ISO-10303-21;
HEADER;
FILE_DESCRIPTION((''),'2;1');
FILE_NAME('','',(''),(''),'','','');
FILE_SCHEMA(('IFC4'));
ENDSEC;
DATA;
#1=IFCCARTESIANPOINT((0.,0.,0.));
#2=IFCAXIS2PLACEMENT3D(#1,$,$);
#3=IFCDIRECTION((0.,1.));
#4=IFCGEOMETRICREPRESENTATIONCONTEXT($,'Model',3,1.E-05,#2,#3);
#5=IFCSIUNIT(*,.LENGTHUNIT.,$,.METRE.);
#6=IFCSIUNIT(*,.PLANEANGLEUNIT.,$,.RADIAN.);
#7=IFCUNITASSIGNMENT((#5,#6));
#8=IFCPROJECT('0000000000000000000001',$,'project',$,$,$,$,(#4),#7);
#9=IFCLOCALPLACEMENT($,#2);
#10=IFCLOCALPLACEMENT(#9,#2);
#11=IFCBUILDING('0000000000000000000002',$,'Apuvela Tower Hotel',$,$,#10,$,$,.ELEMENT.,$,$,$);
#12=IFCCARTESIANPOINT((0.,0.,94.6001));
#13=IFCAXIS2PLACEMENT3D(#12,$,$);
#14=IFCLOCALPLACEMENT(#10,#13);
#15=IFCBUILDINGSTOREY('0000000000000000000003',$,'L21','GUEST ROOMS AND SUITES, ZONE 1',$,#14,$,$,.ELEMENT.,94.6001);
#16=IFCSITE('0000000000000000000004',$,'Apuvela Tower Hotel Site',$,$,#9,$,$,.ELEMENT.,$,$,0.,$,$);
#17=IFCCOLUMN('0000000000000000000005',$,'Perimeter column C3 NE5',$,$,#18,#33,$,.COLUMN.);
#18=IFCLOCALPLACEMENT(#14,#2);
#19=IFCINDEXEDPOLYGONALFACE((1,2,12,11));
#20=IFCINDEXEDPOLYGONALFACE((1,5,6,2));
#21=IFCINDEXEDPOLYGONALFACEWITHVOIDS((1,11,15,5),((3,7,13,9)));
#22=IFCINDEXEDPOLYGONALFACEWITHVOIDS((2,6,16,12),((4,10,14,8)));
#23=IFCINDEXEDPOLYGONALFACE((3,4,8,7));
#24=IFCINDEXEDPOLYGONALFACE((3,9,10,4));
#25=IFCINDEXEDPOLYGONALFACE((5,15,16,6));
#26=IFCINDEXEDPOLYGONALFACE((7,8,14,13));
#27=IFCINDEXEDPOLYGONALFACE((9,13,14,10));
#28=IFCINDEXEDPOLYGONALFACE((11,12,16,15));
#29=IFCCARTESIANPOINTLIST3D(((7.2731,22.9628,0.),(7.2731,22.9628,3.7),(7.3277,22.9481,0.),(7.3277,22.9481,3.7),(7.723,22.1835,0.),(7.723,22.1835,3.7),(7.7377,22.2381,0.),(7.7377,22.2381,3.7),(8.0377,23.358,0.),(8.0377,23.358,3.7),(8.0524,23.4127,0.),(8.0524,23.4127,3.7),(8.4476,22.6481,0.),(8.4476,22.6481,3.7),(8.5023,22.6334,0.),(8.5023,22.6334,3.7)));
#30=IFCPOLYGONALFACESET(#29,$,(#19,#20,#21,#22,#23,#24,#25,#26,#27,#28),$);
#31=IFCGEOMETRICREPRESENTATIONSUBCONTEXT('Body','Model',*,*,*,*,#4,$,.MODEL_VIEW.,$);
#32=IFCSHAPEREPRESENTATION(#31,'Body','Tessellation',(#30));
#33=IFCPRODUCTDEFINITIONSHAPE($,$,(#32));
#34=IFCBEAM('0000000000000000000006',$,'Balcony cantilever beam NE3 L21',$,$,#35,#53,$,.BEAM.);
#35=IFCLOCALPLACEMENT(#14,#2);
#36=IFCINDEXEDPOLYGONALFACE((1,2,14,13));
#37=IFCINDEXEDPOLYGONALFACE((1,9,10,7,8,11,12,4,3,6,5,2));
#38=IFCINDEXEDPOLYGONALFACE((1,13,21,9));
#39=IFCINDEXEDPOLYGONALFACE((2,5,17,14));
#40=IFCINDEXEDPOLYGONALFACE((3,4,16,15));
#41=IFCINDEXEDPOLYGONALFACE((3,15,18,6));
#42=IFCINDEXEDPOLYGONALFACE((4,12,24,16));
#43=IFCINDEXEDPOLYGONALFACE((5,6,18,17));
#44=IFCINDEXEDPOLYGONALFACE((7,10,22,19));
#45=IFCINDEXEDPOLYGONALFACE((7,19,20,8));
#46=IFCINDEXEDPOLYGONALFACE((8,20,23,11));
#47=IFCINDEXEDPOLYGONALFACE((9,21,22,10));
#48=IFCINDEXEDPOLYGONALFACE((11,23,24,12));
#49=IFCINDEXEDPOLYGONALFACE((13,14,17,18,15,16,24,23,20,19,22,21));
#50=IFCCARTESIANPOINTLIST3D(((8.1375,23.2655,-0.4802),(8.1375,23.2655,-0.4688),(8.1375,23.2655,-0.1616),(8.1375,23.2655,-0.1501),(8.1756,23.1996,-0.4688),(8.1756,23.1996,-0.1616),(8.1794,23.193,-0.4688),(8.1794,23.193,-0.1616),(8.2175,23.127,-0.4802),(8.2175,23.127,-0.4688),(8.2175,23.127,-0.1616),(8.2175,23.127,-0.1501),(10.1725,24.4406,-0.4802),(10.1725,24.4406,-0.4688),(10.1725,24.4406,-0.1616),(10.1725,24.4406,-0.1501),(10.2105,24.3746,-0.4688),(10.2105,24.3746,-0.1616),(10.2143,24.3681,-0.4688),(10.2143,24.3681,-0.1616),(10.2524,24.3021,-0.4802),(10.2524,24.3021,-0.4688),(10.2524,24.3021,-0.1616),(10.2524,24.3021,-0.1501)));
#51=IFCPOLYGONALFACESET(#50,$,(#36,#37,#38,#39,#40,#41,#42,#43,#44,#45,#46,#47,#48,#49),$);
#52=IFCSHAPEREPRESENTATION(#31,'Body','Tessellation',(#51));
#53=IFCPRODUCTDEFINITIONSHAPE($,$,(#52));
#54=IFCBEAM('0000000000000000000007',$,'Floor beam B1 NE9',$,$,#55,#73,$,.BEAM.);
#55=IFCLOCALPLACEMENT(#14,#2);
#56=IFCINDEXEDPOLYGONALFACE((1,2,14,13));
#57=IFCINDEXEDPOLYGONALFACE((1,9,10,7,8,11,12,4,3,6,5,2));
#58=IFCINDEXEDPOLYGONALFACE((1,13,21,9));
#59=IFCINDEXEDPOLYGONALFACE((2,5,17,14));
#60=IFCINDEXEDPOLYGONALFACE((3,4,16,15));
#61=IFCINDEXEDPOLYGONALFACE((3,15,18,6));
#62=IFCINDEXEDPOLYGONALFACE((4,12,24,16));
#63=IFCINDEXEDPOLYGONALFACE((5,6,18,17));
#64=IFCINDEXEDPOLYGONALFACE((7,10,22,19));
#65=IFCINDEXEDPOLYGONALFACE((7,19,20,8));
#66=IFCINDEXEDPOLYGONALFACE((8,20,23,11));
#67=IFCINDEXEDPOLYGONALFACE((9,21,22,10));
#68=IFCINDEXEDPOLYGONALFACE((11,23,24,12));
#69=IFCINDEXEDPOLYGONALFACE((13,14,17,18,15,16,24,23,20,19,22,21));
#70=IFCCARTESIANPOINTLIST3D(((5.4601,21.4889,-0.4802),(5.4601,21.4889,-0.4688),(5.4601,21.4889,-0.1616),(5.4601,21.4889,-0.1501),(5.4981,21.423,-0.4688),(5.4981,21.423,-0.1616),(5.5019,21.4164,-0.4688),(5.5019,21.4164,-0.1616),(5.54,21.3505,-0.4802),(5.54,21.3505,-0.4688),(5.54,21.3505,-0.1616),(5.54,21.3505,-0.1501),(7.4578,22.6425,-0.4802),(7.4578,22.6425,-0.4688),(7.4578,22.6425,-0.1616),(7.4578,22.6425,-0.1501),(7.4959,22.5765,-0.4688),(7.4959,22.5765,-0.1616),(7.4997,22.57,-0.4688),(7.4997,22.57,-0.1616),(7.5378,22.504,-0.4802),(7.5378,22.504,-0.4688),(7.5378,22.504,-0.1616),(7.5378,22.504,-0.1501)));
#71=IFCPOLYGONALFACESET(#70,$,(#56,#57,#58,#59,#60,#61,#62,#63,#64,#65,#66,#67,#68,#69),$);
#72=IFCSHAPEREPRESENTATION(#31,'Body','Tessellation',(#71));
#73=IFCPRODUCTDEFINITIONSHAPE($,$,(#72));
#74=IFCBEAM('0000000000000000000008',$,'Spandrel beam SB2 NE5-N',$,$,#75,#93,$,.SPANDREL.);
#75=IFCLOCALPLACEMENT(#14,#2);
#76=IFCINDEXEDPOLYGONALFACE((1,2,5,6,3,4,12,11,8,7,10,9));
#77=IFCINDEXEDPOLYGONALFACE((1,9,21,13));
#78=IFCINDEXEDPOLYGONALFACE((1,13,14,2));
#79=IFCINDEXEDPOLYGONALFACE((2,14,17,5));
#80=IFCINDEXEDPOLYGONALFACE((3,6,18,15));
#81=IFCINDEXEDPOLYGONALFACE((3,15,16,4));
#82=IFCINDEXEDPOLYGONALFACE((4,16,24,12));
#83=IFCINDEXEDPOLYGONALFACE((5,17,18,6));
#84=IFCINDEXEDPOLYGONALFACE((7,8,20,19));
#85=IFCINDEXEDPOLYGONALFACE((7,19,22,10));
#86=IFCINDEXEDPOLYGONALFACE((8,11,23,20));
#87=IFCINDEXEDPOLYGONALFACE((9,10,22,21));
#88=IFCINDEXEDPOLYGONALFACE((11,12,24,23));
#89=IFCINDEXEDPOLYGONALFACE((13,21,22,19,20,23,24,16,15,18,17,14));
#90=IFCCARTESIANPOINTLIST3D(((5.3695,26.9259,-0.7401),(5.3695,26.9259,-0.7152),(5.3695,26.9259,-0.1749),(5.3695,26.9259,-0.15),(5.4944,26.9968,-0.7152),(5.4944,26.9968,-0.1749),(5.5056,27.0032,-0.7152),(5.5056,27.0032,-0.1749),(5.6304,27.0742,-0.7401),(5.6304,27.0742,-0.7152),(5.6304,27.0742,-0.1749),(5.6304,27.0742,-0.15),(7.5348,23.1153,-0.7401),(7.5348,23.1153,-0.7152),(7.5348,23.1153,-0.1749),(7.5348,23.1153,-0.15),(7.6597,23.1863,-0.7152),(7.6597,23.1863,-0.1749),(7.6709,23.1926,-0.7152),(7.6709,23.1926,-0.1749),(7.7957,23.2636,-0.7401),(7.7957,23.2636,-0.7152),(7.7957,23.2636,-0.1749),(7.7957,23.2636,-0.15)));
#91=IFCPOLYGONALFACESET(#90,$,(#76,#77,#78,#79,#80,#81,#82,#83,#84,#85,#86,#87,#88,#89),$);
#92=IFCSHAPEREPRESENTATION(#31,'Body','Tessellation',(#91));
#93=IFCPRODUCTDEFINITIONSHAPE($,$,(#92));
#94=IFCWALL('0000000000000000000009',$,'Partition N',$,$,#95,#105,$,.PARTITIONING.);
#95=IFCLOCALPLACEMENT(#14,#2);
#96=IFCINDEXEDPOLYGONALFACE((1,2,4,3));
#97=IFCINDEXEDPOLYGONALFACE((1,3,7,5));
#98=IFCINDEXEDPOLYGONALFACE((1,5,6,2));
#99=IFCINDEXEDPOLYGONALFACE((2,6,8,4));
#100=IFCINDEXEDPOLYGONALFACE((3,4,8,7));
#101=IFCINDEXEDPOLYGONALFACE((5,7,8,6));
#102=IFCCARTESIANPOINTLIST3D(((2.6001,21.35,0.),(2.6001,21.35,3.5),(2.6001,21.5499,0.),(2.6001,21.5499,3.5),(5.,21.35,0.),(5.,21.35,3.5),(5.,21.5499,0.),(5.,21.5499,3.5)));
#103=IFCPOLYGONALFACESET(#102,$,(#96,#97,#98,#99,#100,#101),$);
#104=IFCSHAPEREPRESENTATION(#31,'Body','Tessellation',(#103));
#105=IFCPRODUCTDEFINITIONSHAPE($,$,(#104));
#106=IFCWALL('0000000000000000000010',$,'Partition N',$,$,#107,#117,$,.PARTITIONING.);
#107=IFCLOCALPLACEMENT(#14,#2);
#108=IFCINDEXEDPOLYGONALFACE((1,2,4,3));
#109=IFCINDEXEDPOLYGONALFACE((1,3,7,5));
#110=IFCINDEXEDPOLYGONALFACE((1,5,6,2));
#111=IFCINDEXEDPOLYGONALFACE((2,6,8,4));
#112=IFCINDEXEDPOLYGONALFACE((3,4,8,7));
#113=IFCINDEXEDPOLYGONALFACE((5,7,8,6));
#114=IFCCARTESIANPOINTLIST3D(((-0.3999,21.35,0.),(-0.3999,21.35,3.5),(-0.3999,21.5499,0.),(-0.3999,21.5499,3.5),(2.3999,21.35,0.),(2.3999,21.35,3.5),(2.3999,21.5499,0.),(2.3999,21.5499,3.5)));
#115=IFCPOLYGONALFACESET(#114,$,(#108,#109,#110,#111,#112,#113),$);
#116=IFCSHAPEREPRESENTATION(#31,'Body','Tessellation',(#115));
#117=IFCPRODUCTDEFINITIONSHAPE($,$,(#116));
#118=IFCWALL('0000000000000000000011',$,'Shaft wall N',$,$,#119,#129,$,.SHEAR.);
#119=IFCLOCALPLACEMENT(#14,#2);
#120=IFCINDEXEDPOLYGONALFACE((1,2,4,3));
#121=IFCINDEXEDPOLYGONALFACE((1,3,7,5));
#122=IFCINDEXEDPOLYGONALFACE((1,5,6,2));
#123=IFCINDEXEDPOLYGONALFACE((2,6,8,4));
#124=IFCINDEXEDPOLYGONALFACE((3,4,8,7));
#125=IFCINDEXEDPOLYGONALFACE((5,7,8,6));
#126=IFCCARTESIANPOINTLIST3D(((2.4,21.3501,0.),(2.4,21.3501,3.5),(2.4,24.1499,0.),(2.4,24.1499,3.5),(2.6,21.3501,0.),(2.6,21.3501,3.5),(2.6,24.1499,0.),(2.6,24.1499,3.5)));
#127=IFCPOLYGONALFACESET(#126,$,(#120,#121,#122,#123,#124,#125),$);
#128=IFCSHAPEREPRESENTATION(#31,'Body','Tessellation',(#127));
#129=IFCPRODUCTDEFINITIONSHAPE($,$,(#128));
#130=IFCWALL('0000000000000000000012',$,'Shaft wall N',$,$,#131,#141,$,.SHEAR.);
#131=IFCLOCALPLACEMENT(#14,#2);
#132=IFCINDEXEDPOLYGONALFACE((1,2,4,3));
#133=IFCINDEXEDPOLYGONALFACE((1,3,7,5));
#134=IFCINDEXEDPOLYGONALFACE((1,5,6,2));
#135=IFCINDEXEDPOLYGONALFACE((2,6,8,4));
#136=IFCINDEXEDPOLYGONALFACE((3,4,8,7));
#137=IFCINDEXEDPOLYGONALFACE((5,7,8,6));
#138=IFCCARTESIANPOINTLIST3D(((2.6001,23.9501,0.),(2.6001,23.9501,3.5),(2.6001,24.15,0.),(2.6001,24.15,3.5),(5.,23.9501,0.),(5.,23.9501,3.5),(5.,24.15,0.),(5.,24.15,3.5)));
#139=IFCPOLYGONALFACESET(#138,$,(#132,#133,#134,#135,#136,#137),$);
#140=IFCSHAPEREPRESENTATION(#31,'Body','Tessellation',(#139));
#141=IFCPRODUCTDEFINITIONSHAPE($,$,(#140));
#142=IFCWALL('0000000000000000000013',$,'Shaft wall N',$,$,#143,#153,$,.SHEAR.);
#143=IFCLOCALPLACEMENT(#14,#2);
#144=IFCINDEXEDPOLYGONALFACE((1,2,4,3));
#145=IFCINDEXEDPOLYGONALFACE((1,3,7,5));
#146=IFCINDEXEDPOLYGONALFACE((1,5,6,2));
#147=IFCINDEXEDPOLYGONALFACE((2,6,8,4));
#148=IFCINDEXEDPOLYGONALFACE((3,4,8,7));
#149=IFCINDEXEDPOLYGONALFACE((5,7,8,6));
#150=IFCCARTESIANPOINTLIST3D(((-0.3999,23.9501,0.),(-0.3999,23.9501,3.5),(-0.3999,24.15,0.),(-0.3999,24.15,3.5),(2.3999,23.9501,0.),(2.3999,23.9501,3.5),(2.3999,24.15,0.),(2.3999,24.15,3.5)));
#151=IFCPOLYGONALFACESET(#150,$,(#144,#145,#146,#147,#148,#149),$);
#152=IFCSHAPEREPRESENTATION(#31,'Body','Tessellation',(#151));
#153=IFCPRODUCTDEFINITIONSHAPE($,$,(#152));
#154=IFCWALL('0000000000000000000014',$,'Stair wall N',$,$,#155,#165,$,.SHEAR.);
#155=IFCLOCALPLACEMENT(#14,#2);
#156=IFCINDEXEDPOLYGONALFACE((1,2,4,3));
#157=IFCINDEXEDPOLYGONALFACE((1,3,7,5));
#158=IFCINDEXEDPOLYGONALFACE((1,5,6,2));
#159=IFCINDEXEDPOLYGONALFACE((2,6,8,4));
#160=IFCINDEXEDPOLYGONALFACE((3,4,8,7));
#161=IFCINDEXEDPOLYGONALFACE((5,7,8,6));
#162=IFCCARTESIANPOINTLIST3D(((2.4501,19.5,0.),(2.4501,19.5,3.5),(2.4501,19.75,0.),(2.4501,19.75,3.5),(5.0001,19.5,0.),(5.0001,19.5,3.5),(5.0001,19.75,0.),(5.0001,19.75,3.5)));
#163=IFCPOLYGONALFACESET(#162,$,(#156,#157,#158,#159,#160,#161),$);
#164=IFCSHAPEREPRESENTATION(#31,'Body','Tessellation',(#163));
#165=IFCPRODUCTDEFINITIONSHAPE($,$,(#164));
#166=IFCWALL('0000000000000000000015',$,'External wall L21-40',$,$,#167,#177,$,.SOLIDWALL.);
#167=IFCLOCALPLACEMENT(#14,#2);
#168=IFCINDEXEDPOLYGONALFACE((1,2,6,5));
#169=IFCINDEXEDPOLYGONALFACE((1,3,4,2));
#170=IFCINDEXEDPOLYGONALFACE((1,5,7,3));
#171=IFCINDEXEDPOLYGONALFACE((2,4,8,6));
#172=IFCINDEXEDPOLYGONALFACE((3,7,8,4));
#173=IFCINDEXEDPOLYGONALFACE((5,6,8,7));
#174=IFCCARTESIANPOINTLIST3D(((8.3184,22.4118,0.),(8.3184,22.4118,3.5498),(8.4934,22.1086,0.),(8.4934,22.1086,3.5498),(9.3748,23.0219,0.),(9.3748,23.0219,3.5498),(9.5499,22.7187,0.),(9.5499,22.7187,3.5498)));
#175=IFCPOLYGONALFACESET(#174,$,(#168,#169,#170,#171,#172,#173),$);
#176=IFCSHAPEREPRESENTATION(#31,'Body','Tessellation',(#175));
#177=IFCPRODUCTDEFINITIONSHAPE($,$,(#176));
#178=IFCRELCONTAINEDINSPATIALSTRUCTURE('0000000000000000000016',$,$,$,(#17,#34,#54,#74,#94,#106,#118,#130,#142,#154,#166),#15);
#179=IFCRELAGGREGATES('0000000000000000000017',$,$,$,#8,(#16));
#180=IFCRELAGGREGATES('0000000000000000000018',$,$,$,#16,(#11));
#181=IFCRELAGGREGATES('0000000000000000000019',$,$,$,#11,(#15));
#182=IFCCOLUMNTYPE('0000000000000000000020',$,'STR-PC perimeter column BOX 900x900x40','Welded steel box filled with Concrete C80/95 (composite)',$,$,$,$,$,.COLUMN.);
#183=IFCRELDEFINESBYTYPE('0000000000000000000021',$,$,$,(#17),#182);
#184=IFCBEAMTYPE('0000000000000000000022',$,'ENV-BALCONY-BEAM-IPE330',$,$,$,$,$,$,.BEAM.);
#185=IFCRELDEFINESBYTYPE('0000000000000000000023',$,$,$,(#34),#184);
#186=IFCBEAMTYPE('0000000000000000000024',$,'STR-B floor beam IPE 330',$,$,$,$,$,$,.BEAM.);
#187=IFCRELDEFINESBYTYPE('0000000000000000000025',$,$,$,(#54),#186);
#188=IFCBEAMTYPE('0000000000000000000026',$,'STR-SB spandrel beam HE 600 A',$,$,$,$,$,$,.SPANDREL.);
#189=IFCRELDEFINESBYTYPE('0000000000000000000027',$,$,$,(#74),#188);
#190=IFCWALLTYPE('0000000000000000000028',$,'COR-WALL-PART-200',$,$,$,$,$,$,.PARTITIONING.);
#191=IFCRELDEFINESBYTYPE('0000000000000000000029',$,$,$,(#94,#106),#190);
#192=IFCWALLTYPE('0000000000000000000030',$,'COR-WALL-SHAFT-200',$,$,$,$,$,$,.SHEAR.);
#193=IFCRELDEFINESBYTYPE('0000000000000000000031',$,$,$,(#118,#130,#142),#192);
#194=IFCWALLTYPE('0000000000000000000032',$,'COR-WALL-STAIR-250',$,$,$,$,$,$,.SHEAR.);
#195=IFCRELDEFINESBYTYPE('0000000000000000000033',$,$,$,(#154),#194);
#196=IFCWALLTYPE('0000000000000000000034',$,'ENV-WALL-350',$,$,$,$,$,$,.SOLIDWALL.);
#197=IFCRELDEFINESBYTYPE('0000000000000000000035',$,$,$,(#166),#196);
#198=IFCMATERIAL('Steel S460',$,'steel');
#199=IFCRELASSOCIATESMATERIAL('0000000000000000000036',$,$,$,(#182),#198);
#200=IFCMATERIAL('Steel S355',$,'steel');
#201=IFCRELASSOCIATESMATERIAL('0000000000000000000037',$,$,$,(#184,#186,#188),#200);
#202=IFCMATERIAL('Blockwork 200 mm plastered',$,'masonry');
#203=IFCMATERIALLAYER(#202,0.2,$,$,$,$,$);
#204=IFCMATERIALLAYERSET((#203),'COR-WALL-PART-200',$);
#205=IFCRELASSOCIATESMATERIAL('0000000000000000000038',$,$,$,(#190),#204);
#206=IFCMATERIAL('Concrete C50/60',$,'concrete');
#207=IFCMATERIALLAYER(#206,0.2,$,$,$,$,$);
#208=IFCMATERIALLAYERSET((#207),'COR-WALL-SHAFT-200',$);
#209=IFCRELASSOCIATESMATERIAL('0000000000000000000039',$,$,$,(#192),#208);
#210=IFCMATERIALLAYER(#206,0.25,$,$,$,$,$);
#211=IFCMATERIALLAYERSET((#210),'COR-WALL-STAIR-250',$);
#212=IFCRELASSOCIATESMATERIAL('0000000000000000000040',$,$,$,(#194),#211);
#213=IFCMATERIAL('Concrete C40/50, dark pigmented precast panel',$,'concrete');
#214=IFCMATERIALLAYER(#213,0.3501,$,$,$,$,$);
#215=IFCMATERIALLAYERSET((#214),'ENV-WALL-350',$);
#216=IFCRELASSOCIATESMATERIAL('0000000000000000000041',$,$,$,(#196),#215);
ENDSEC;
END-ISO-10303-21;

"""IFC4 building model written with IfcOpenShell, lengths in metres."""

from ifc_helpers import new_model, si_unit, direction, frame, frame_2d, origin, origin_2d, place, context, subcontext, project, spatial, rectangle, hollow_rectangle, i_section, extrude, material, layer, layer_set, material_profile, profile_set, type_object, element, save


model = new_model("IFC4")

# Units and contexts
model_context = context("Model", 3, precision=1e-05, world=origin(), true_north=direction((0.0, 1.0)))
body_context = subcontext(model_context, "Body", "Model", "MODEL_VIEW")
ifc_project = project(units=[si_unit("LENGTHUNIT", "METRE"), si_unit("PLANEANGLEUNIT", "RADIAN")], contexts=[model_context])

# Site, building, storey
site_placement = place(None, origin())
site = spatial("IfcSite", under=ifc_project, at=site_placement, Name="Apuvela Tower Hotel Site", CompositionType="ELEMENT", RefElevation=0.0)
building_placement = place(site_placement, origin())
building = spatial("IfcBuilding", under=site, at=building_placement, Name="Apuvela Tower Hotel", CompositionType="ELEMENT")
storey_placement = place(building_placement, frame((0.0, 0.0, 94.6001)))
storey = spatial("IfcBuildingStorey", under=building, at=storey_placement, Name="L21", Description="GUEST ROOMS AND SUITES, ZONE 1", CompositionType="ELEMENT", Elevation=94.6001)

# Column
ifc_material_1 = material(Name="Steel S460", Category="steel")
ifc_material_profile_1 = material_profile(ifc_material_1, hollow_rectangle(XDim=0.8999, YDim=0.8999, WallThickness=0.04, at=origin_2d()), Name="BOX 900x900x40")
ifc_material_2 = material(Name="Concrete C80/95", Category="concrete")
ifc_material_profile_2 = material_profile(ifc_material_2, rectangle(XDim=0.8201, YDim=0.8201, at=origin_2d()), Name="Concrete C80/95 infill")
ifc_profile_set_1 = profile_set([ifc_material_profile_1, ifc_material_profile_2], Name="Steel S460")
column_type = type_object("IfcColumnType", Name="STR-PC perimeter column BOX 900x900x40", Description="Welded steel box filled with Concrete C80/95 (composite)", PredefinedType="COLUMN", material=ifc_profile_set_1)
column_placement = place(storey_placement, frame((7.8877, 22.7981, 0.0), z_axis=(0.0, 0.0, 1.0), x_axis=(-0.5, 0.866025, 0.0)))
element("IfcColumn", 1, at=column_placement, inside=storey, type_object=column_type, Name="Perimeter column C3 NE5", PredefinedType="COLUMN", context=body_context, shape_type="SweptSolid", body=[
    extrude(hollow_rectangle(XDim=0.8999, YDim=0.8999, WallThickness=0.04, at=origin_2d()), origin(), (0.0, 0.0, 1.0), 3.7),
])

# Beams
ifc_material_3 = material(Name="Steel S355", Category="steel")
ifc_material_profile_3 = material_profile(ifc_material_3, i_section(OverallWidth=0.1599, OverallDepth=0.3301, WebThickness=0.0076, FlangeThickness=0.0115, at=origin_2d()), Name="IPE 330")
ifc_profile_set_2 = profile_set([ifc_material_profile_3], Name="Steel S355")
beam_type_1 = type_object("IfcBeamType", Name="ENV-BALCONY-BEAM-IPE330", PredefinedType="BEAM", material=ifc_profile_set_2)
beam_1_placement = place(storey_placement, frame((8.1775, 23.1963, -0.3152), z_axis=(0.86599, 0.500061, 0.0), x_axis=(-0.500061, 0.86599, 0.0)))
element("IfcBeam", 2, at=beam_1_placement, inside=storey, type_object=beam_type_1, Name="Balcony cantilever beam NE3 L21", PredefinedType="BEAM", context=body_context, shape_type="SweptSolid", body=[
    extrude(i_section(OverallWidth=0.1599, OverallDepth=0.3301, WebThickness=0.0076, FlangeThickness=0.0115, at=origin_2d()), origin(), (0.0, 0.0, 1.0), 2.3499),
])
ifc_material_profile_4 = material_profile(ifc_material_3, i_section(OverallWidth=0.1599, OverallDepth=0.3301, WebThickness=0.0076, FlangeThickness=0.0115, at=origin_2d()), Name="IPE 330")
ifc_profile_set_3 = profile_set([ifc_material_profile_4], Name="Steel S355")
beam_type_2 = type_object("IfcBeamType", Name="STR-B floor beam IPE 330", PredefinedType="BEAM", material=ifc_profile_set_3)
beam_2_placement = place(storey_placement, frame((7.4978, 22.5732, -0.3152), z_axis=(-0.866001, -0.500043, 0.0), x_axis=(0.500043, -0.866001, 0.0)))
element("IfcBeam", 3, at=beam_2_placement, inside=storey, type_object=beam_type_2, Name="Floor beam B1 NE9", PredefinedType="BEAM", context=body_context, shape_type="SweptSolid", body=[
    extrude(i_section(OverallWidth=0.1599, OverallDepth=0.3301, WebThickness=0.0076, FlangeThickness=0.0115, at=origin_2d()), origin(), (0.0, 0.0, 1.0), 2.3069),
])
ifc_material_profile_5 = material_profile(ifc_material_3, i_section(OverallWidth=0.3, OverallDepth=0.5901, WebThickness=0.0129, FlangeThickness=0.0249, at=origin_2d()), Name="HE 600 A")
ifc_profile_set_4 = profile_set([ifc_material_profile_5], Name="Steel S355")
beam_type_3 = type_object("IfcBeamType", Name="STR-SB spandrel beam HE 600 A", PredefinedType="SPANDREL", material=ifc_profile_set_4)
beam_3_placement = place(storey_placement, frame((7.6653, 23.1895, -0.4451), z_axis=(-0.494044, 0.869437, 0.0), x_axis=(-0.869437, -0.494044, 0.0)))
element("IfcBeam", 4, at=beam_3_placement, inside=storey, type_object=beam_type_3, Name="Spandrel beam SB2 NE5-N", PredefinedType="SPANDREL", context=body_context, shape_type="SweptSolid", body=[
    extrude(i_section(OverallWidth=0.3, OverallDepth=0.5901, WebThickness=0.0129, FlangeThickness=0.0249, at=origin_2d()), origin(), (0.0, 0.0, 1.0), 4.3828),
])

# Walls
ifc_material_4 = material(Name="Blockwork 200 mm plastered", Category="masonry")
ifc_layer_1 = layer(ifc_material_4, 0.2)
ifc_layer_set_1 = layer_set([ifc_layer_1], Name="COR-WALL-PART-200")
wall_type_1 = type_object("IfcWallType", Name="COR-WALL-PART-200", PredefinedType="PARTITIONING", material=ifc_layer_set_1)
wall_1_placement = place(storey_placement, frame((5.0, 21.45, 0.0), z_axis=(0.0, 0.0, 1.0), x_axis=(-1.0, 0.0, 0.0)))
element("IfcWall", 5, at=wall_1_placement, inside=storey, type_object=wall_type_1, Name="Partition N", PredefinedType="PARTITIONING", context=body_context, shape_type="SweptSolid", body=[
    extrude(rectangle(XDim=2.3999, YDim=0.2, at=frame_2d((1.2, 0.0))), origin(), (0.0, 0.0, 1.0), 3.5),
])
wall_2_placement = place(storey_placement, frame((2.3999, 21.45, 0.0), z_axis=(0.0, 0.0, 1.0), x_axis=(-1.0, 0.0, 0.0)))
element("IfcWall", 6, at=wall_2_placement, inside=storey, type_object=wall_type_1, Name="Partition N", PredefinedType="PARTITIONING", context=body_context, shape_type="SweptSolid", body=[
    extrude(rectangle(XDim=2.7998, YDim=0.2, at=frame_2d((1.3999, 0.0))), origin(), (0.0, 0.0, 1.0), 3.5),
])
ifc_material_5 = material(Name="Concrete C50/60", Category="concrete")
ifc_layer_2 = layer(ifc_material_5, 0.2)
ifc_layer_set_2 = layer_set([ifc_layer_2], Name="COR-WALL-SHAFT-200")
wall_type_2 = type_object("IfcWallType", Name="COR-WALL-SHAFT-200", PredefinedType="SHEAR", material=ifc_layer_set_2)
wall_3_placement = place(storey_placement, frame((2.5, 21.3501, 0.0), z_axis=(0.0, 0.0, 1.0), x_axis=(0.0, 1.0, 0.0)))
element("IfcWall", 7, at=wall_3_placement, inside=storey, type_object=wall_type_2, Name="Shaft wall N", PredefinedType="SHEAR", context=body_context, shape_type="SweptSolid", body=[
    extrude(rectangle(XDim=2.7998, YDim=0.2, at=frame_2d((1.3999, 0.0))), origin(), (0.0, 0.0, 1.0), 3.5),
])
wall_4_placement = place(storey_placement, frame((5.0, 24.05, 0.0), z_axis=(0.0, 0.0, 1.0), x_axis=(-1.0, 0.0, 0.0)))
element("IfcWall", 8, at=wall_4_placement, inside=storey, type_object=wall_type_2, Name="Shaft wall N", PredefinedType="SHEAR", context=body_context, shape_type="SweptSolid", body=[
    extrude(rectangle(XDim=2.3999, YDim=0.2, at=frame_2d((1.2, 0.0))), origin(), (0.0, 0.0, 1.0), 3.5),
])
wall_5_placement = place(storey_placement, frame((2.3999, 24.05, 0.0), z_axis=(0.0, 0.0, 1.0), x_axis=(-1.0, 0.0, 0.0)))
element("IfcWall", 9, at=wall_5_placement, inside=storey, type_object=wall_type_2, Name="Shaft wall N", PredefinedType="SHEAR", context=body_context, shape_type="SweptSolid", body=[
    extrude(rectangle(XDim=2.7998, YDim=0.2, at=frame_2d((1.3999, 0.0))), origin(), (0.0, 0.0, 1.0), 3.5),
])
ifc_layer_3 = layer(ifc_material_5, 0.25)
ifc_layer_set_3 = layer_set([ifc_layer_3], Name="COR-WALL-STAIR-250")
wall_type_3 = type_object("IfcWallType", Name="COR-WALL-STAIR-250", PredefinedType="SHEAR", material=ifc_layer_set_3)
wall_6_placement = place(storey_placement, frame((5.0, 19.625, 0.0), z_axis=(0.0, 0.0, 1.0), x_axis=(-1.0, 0.0, 0.0)))
element("IfcWall", 10, at=wall_6_placement, inside=storey, type_object=wall_type_3, Name="Stair wall N", PredefinedType="SHEAR", context=body_context, shape_type="SweptSolid", body=[
    extrude(rectangle(XDim=2.55, YDim=0.25, at=frame_2d((1.2749, 0.0))), origin(), (0.0, 0.0, 1.0), 3.5),
])
ifc_material_6 = material(Name="Concrete C40/50, dark pigmented precast panel", Category="concrete")
ifc_layer_4 = layer(ifc_material_6, 0.3501)
ifc_layer_set_4 = layer_set([ifc_layer_4], Name="ENV-WALL-350")
wall_type_4 = type_object("IfcWallType", Name="ENV-WALL-350", PredefinedType="SOLIDWALL", material=ifc_layer_set_4)
wall_7_placement = place(storey_placement, frame((8.406, 22.2603, 0.0), z_axis=(0.0, 0.0, 1.0), x_axis=(0.865956, 0.500121, 0.0)))
element("IfcWall", 11, at=wall_7_placement, inside=storey, type_object=wall_type_4, Name="External wall L21-40", PredefinedType="SOLIDWALL", context=body_context, shape_type="SweptSolid", body=[
    extrude(rectangle(XDim=1.22, YDim=0.3501, at=frame_2d((0.6099, 0.0))), origin(), (0.0, 0.0, 1.0), 3.5498),
])

save(model, "model.ifc")
